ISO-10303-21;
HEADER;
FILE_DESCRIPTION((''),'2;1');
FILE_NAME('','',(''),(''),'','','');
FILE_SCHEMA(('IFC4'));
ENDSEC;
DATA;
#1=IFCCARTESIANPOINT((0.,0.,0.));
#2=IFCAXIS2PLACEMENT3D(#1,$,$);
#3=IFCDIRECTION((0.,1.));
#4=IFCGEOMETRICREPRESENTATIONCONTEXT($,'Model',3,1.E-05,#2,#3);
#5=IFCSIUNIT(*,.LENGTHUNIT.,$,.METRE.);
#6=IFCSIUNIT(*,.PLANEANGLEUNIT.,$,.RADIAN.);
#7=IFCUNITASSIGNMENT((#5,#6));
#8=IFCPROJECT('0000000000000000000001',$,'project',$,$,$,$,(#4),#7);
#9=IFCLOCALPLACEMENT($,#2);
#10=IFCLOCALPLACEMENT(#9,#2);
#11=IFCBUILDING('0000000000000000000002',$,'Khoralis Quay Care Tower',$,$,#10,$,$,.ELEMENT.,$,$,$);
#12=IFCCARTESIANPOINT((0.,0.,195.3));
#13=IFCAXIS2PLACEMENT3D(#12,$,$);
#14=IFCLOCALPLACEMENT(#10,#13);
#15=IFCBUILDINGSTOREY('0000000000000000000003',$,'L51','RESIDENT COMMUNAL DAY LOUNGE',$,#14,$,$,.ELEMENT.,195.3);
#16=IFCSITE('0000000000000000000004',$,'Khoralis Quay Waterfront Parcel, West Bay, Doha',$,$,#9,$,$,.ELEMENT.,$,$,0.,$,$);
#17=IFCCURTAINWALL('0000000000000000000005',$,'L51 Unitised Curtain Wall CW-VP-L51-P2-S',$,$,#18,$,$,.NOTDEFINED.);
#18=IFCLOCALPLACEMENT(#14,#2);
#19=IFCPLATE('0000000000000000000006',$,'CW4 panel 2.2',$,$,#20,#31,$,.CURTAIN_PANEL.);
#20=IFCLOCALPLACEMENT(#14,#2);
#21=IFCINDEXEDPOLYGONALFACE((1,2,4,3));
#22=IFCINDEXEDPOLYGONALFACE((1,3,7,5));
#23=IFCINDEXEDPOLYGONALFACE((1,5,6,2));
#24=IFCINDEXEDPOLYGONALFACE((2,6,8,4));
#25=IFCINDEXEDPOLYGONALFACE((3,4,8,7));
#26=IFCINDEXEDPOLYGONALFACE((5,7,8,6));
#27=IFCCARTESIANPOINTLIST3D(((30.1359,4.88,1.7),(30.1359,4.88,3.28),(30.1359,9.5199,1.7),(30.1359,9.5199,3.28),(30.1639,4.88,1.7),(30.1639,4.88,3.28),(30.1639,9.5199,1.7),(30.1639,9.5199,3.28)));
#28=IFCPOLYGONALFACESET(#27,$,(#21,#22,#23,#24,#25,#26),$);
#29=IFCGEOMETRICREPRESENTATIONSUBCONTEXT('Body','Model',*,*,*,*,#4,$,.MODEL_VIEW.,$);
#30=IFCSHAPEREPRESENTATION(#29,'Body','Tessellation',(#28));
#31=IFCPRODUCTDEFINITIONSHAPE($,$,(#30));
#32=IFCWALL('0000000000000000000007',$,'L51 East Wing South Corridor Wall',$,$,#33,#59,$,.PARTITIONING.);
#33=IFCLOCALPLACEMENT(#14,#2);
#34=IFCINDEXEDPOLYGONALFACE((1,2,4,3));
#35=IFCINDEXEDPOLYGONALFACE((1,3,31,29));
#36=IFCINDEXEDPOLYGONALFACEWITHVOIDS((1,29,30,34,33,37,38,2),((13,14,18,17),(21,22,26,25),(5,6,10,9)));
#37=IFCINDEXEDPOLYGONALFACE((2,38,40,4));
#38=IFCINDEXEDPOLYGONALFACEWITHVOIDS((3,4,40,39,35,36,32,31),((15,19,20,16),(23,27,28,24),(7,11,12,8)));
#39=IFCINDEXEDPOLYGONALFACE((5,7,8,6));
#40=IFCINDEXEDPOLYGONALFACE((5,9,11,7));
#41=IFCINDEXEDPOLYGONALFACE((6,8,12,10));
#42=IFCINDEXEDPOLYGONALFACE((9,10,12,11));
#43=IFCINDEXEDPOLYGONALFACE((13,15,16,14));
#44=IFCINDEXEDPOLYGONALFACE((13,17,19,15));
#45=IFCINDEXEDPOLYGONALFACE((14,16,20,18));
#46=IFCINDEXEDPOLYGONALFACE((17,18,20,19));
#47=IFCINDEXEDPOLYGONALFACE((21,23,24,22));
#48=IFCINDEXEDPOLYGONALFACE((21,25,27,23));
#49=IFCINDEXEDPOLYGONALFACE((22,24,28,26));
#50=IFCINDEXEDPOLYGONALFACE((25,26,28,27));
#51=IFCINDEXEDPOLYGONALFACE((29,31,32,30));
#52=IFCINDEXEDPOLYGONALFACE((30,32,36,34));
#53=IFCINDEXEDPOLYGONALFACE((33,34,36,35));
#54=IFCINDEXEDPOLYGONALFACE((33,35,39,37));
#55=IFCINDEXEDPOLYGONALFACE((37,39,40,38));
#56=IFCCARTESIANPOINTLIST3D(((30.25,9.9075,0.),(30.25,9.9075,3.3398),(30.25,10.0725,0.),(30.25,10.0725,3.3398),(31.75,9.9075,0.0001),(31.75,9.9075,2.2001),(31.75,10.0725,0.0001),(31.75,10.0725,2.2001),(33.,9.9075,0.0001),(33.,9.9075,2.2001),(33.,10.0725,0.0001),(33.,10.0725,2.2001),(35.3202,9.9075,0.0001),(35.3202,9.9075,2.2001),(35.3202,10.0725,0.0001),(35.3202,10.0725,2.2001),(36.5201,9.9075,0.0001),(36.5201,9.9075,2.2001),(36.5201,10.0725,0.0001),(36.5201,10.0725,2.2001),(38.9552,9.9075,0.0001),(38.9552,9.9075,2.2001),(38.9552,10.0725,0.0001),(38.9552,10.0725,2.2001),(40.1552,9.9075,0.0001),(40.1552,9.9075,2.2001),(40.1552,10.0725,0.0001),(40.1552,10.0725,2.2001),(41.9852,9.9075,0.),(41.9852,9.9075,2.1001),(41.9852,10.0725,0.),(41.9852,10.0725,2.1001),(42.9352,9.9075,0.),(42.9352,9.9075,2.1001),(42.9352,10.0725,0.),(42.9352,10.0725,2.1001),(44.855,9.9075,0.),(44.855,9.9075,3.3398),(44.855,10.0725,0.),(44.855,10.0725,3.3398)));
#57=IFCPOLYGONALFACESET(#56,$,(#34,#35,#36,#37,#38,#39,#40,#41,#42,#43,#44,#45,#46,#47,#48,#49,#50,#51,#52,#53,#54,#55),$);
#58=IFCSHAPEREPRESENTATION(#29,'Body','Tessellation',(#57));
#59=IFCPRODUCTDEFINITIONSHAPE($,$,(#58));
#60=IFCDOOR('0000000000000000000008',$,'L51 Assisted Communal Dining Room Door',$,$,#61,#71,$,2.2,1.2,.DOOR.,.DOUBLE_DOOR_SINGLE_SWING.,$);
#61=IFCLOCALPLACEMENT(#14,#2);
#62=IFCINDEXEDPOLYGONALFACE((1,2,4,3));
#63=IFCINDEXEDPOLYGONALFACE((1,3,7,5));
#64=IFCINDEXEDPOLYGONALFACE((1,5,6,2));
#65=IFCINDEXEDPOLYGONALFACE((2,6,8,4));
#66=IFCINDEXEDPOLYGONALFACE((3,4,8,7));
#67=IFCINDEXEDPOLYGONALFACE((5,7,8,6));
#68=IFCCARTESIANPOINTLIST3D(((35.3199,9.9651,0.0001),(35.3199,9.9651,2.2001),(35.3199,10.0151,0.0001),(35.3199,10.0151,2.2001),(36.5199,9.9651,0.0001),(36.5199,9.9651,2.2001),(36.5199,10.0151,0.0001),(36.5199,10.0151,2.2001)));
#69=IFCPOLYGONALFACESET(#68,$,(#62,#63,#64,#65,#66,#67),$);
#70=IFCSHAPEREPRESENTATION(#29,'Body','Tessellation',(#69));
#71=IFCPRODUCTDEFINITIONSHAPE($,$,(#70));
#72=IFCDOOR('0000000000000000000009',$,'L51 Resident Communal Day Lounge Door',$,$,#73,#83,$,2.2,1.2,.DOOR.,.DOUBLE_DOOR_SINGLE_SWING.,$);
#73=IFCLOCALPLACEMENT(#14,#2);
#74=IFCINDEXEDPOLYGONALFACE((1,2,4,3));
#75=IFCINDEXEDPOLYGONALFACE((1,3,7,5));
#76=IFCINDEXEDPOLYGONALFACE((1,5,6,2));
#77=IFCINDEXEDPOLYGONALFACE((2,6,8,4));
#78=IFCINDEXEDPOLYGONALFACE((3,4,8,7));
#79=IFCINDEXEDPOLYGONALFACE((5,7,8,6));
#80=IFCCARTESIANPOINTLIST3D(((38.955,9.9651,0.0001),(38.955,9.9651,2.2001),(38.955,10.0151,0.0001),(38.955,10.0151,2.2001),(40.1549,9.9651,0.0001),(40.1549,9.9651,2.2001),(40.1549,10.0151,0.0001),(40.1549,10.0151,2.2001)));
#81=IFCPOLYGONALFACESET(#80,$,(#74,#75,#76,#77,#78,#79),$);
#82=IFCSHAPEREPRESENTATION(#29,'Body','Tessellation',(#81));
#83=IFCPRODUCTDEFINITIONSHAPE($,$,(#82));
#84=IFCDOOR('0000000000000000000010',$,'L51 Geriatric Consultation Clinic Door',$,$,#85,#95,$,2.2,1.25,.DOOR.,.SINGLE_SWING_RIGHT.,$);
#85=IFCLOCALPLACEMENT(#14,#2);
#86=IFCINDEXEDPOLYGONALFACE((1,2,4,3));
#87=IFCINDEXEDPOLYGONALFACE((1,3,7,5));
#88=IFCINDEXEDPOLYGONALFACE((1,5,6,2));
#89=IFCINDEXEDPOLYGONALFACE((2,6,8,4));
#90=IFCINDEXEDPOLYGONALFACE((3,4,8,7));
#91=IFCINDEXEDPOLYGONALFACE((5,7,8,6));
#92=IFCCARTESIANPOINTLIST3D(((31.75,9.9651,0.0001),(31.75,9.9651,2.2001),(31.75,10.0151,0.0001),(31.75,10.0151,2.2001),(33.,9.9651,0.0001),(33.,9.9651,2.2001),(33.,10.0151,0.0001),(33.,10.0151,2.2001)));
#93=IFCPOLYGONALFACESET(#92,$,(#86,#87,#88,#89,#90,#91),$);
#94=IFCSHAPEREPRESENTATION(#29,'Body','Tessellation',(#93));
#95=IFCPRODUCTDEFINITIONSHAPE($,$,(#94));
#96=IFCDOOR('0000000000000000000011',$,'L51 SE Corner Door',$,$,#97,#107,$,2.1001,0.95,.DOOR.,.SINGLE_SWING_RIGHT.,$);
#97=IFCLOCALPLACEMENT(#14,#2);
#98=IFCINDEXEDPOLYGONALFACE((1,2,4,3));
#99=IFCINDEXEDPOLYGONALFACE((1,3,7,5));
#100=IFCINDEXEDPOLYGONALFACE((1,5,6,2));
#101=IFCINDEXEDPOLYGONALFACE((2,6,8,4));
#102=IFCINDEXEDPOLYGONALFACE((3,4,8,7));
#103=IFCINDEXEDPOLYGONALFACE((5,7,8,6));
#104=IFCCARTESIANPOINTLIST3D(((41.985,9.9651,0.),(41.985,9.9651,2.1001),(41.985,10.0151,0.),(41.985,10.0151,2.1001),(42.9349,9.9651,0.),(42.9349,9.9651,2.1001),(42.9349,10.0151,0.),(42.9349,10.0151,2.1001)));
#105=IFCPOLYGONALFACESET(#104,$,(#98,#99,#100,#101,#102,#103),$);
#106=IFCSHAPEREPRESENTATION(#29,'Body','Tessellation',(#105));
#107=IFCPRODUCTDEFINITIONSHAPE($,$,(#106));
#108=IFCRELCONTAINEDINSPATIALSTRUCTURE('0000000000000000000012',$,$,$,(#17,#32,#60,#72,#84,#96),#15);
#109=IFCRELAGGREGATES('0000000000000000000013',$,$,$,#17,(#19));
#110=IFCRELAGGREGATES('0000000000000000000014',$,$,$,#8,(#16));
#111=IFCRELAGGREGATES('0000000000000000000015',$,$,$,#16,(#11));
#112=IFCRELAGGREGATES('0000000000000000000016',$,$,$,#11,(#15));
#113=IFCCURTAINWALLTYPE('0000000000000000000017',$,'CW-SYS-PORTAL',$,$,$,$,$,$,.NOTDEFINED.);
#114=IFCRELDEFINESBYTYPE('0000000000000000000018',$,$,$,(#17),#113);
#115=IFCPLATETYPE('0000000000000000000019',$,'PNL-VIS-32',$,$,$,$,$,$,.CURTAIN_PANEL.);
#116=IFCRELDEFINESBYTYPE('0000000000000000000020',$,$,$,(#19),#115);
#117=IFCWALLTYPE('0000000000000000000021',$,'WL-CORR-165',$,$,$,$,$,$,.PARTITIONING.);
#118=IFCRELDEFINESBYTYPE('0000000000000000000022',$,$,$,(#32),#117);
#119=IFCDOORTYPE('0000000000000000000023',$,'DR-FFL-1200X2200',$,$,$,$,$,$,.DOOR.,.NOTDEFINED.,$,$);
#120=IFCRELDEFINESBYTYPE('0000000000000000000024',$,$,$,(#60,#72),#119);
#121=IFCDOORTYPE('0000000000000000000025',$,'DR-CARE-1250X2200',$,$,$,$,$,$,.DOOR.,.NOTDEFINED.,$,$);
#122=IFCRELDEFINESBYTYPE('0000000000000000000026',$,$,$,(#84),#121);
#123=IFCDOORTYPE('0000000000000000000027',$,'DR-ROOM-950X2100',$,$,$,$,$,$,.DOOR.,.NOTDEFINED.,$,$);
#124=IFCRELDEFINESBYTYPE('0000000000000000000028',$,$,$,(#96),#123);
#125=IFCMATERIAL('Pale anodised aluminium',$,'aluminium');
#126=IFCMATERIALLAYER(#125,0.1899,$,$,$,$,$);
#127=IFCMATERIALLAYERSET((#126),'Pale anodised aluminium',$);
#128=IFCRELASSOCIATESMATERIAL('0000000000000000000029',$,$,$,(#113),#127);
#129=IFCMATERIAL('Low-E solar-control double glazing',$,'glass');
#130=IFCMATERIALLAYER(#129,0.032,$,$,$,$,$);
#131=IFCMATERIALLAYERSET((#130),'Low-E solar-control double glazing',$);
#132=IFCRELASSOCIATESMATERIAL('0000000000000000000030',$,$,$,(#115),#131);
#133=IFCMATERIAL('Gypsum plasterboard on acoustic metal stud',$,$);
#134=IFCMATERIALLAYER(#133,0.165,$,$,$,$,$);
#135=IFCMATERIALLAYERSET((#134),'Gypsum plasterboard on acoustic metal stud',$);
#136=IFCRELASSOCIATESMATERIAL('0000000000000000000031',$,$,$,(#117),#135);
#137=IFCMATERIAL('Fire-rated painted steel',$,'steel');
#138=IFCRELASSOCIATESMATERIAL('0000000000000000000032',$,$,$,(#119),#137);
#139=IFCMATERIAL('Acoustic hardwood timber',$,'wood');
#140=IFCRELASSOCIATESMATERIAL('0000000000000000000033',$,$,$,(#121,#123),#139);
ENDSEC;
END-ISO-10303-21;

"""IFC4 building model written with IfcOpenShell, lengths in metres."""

from ifc_helpers import new_model, si_unit, direction, frame, frame_2d, origin, origin_2d, place, context, subcontext, project, spatial, rectangle, extrude, source, transform, mapped, material, layer, layer_set, type_object, element, fill, aggregate, save


model = new_model("IFC4")

# Units and contexts
model_context = context("Model", 3, precision=1e-05, world=origin(), true_north=direction((0.0, 1.0)))
body_context = subcontext(model_context, "Body", "Model", "MODEL_VIEW")
ifc_project = project(units=[si_unit("LENGTHUNIT", "METRE"), si_unit("PLANEANGLEUNIT", "RADIAN")], contexts=[model_context])

# Site, building, storey
site_placement = place(None, origin())
site = spatial("IfcSite", under=ifc_project, at=site_placement, Name="Khoralis Quay Waterfront Parcel, West Bay, Doha", CompositionType="ELEMENT", RefElevation=0.0)
building_placement = place(site_placement, origin())
building = spatial("IfcBuilding", under=site, at=building_placement, Name="Khoralis Quay Care Tower", CompositionType="ELEMENT")
storey_placement = place(building_placement, frame((0.0, 0.0, 195.3)))
storey = spatial("IfcBuildingStorey", under=building, at=storey_placement, Name="L51", Description="RESIDENT COMMUNAL DAY LOUNGE", CompositionType="ELEMENT", Elevation=195.3)

# Curtain wall, plate
ifc_material_1 = material(Name="Pale anodised aluminium", Category="aluminium")
ifc_layer_1 = layer(ifc_material_1, 0.1899)
ifc_layer_set_1 = layer_set([ifc_layer_1], Name="Pale anodised aluminium")
curtain_wall_type = type_object("IfcCurtainWallType", Name="CW-SYS-PORTAL", PredefinedType="NOTDEFINED", material=ifc_layer_set_1)
curtain_wall_placement = place(storey_placement, origin())
curtain_wall = element("IfcCurtainWall", 1, at=curtain_wall_placement, inside=storey, type_object=curtain_wall_type, Name="L51 Unitised Curtain Wall CW-VP-L51-P2-S", PredefinedType="NOTDEFINED")
ifc_material_2 = material(Name="Low-E solar-control double glazing", Category="glass")
ifc_layer_2 = layer(ifc_material_2, 0.032)
ifc_layer_set_2 = layer_set([ifc_layer_2], Name="Low-E solar-control double glazing")
plate_type = type_object("IfcPlateType", Name="PNL-VIS-32", PredefinedType="CURTAIN_PANEL", material=ifc_layer_set_2)
shared_shape_1 = source(origin(), body_context, "Body", "SweptSolid", [
    extrude(rectangle(XDim=4.6399, YDim=0.0281, at=origin_2d()), origin(), (0.0, 0.0, 1.0), 1.5801),
])
plate_1_placement = place(storey_placement, frame((30.1499, 7.2, 1.7), z_axis=(0.0, 0.0, 1.0), x_axis=(0.0, 1.0, 0.0)))
plate_1 = element("IfcPlate", 2, at=plate_1_placement, type_object=plate_type, Name="CW4 panel 2.2", PredefinedType="CURTAIN_PANEL", context=body_context, shape_type="MappedRepresentation", body=[
    mapped(shared_shape_1, transform((0.0, 0.0, 0.0), scale=1.0)),
])
aggregate(curtain_wall, [plate_1])

# Wall, openings, doors
ifc_material_3 = material(Name="Gypsum plasterboard on acoustic metal stud")
ifc_layer_3 = layer(ifc_material_3, 0.165)
ifc_layer_set_3 = layer_set([ifc_layer_3], Name="Gypsum plasterboard on acoustic metal stud")
wall_type_1 = type_object("IfcWallType", Name="WL-CORR-165", PredefinedType="PARTITIONING", material=ifc_layer_set_3)
wall_1_placement = place(storey_placement, frame((30.25, 9.99, 0.0), z_axis=(0.0, 0.0, 1.0), x_axis=(1.0, 0.0, 0.0)))
wall_1 = element("IfcWall", 3, at=wall_1_placement, inside=storey, type_object=wall_type_1, Name="L51 East Wing South Corridor Wall", PredefinedType="PARTITIONING", context=body_context, shape_type="SweptSolid", body=[
    extrude(rectangle(XDim=14.605, YDim=0.165, at=frame_2d((7.3025, 0.0))), origin(), (0.0, 0.0, 1.0), 3.3398),
])
opening_1_placement = place(wall_1_placement, frame((1.5, 0.0, 0.0)))
opening_1 = element("IfcOpeningElement", 4, at=opening_1_placement, cuts=wall_1, PredefinedType="OPENING", context=body_context, shape_type="SweptSolid", body=[
    extrude(rectangle(XDim=1.25, YDim=2.2, at=frame_2d((0.625, 1.1001))), frame((0.0, 0.0925, 0.0), z_axis=(0.0, -1.0, 0.0), x_axis=(1.0, 0.0, 0.0)), (0.0, 0.0, 1.0), 0.1851),
])
opening_2_placement = place(wall_1_placement, frame((5.0701, 0.0, 0.0)))
opening_2 = element("IfcOpeningElement", 5, at=opening_2_placement, cuts=wall_1, PredefinedType="OPENING", context=body_context, shape_type="SweptSolid", body=[
    extrude(rectangle(XDim=1.2, YDim=2.2, at=frame_2d((0.6001, 1.1001))), frame((0.0, 0.0925, 0.0), z_axis=(0.0, -1.0, 0.0), x_axis=(1.0, 0.0, 0.0)), (0.0, 0.0, 1.0), 0.1851),
])
opening_3_placement = place(wall_1_placement, frame((8.7051, 0.0, 0.0)))
opening_3 = element("IfcOpeningElement", 6, at=opening_3_placement, cuts=wall_1, PredefinedType="OPENING", context=body_context, shape_type="SweptSolid", body=[
    extrude(rectangle(XDim=1.2, YDim=2.2, at=frame_2d((0.6001, 1.1001))), frame((0.0, 0.0925, 0.0), z_axis=(0.0, -1.0, 0.0), x_axis=(1.0, 0.0, 0.0)), (0.0, 0.0, 1.0), 0.1851),
])
opening_4_placement = place(wall_1_placement, frame((11.7351, 0.0, 0.0)))
opening_4 = element("IfcOpeningElement", 7, at=opening_4_placement, cuts=wall_1, PredefinedType="OPENING", context=body_context, shape_type="SweptSolid", body=[
    extrude(rectangle(XDim=0.95, YDim=2.1001, at=frame_2d((0.4751, 1.05))), frame((0.0, 0.0925, 0.0), z_axis=(0.0, -1.0, 0.0), x_axis=(1.0, 0.0, 0.0)), (0.0, 0.0, 1.0), 0.1851),
])
ifc_material_4 = material(Name="Fire-rated painted steel", Category="steel")
door_type_1 = type_object("IfcDoorType", Name="DR-FFL-1200X2200", OperationType="NOTDEFINED", PredefinedType="DOOR", material=ifc_material_4)
shared_shape_2 = source(origin(), body_context, "Body", "SweptSolid", [
    extrude(rectangle(XDim=1.2, YDim=2.2, at=frame_2d((0.6001, 1.1001))), frame((0.0, 0.0249, 0.0), z_axis=(0.0, -1.0, 0.0), x_axis=(1.0, 0.0, 0.0)), (0.0, 0.0, 1.0), 0.05),
])
door_1_placement = place(opening_2_placement, frame((1.2, 0.0, 0.0), z_axis=(0.0, 0.0, 1.0), x_axis=(-1.0, 0.0, 0.0)))
door_1 = element("IfcDoor", 8, at=door_1_placement, inside=storey, type_object=door_type_1, Name="L51 Assisted Communal Dining Room Door", OperationType="DOUBLE_DOOR_SINGLE_SWING", OverallHeight=2.2, OverallWidth=1.2, PredefinedType="DOOR", context=body_context, shape_type="MappedRepresentation", body=[
    mapped(shared_shape_2, transform((0.0, 0.0, 0.0), scale=1.0)),
])
fill(opening_2, door_1)
door_2_placement = place(opening_3_placement, frame((1.2, 0.0, 0.0), z_axis=(0.0, 0.0, 1.0), x_axis=(-1.0, 0.0, 0.0)))
door_2 = element("IfcDoor", 9, at=door_2_placement, inside=storey, type_object=door_type_1, Name="L51 Resident Communal Day Lounge Door", OperationType="DOUBLE_DOOR_SINGLE_SWING", OverallHeight=2.2, OverallWidth=1.2, PredefinedType="DOOR", context=body_context, shape_type="MappedRepresentation", body=[
    mapped(shared_shape_2, transform((0.0, 0.0, 0.0), scale=1.0)),
])
fill(opening_3, door_2)
ifc_material_5 = material(Name="Acoustic hardwood timber", Category="wood")
door_type_2 = type_object("IfcDoorType", Name="DR-CARE-1250X2200", OperationType="NOTDEFINED", PredefinedType="DOOR", material=ifc_material_5)
shared_shape_3 = source(origin(), body_context, "Body", "SweptSolid", [
    extrude(rectangle(XDim=1.25, YDim=2.2, at=frame_2d((0.625, 1.1001))), frame((0.0, 0.0249, 0.0), z_axis=(0.0, -1.0, 0.0), x_axis=(1.0, 0.0, 0.0)), (0.0, 0.0, 1.0), 0.05),
])
door_3_placement = place(opening_1_placement, frame((1.25, 0.0, 0.0), z_axis=(0.0, 0.0, 1.0), x_axis=(-1.0, 0.0, 0.0)))
door_3 = element("IfcDoor", 10, at=door_3_placement, inside=storey, type_object=door_type_2, Name="L51 Geriatric Consultation Clinic Door", OperationType="SINGLE_SWING_RIGHT", OverallHeight=2.2, OverallWidth=1.25, PredefinedType="DOOR", context=body_context, shape_type="MappedRepresentation", body=[
    mapped(shared_shape_3, transform((0.0, 0.0, 0.0), scale=1.0)),
])
fill(opening_1, door_3)
door_type_3 = type_object("IfcDoorType", Name="DR-ROOM-950X2100", OperationType="NOTDEFINED", PredefinedType="DOOR", material=ifc_material_5)
shared_shape_4 = source(origin(), body_context, "Body", "SweptSolid", [
    extrude(rectangle(XDim=0.95, YDim=2.1001, at=frame_2d((0.4751, 1.05))), frame((0.0, 0.0249, 0.0), z_axis=(0.0, -1.0, 0.0), x_axis=(1.0, 0.0, 0.0)), (0.0, 0.0, 1.0), 0.05),
])
door_4_placement = place(opening_4_placement, frame((0.95, 0.0, 0.0), z_axis=(0.0, 0.0, 1.0), x_axis=(-1.0, 0.0, 0.0)))
door_4 = element("IfcDoor", 11, at=door_4_placement, inside=storey, type_object=door_type_3, Name="L51 SE Corner Door", OperationType="SINGLE_SWING_RIGHT", OverallHeight=2.1001, OverallWidth=0.95, PredefinedType="DOOR", context=body_context, shape_type="MappedRepresentation", body=[
    mapped(shared_shape_4, transform((0.0, 0.0, 0.0), scale=1.0)),
])
fill(opening_4, door_4)

save(model, "model.ifc")
